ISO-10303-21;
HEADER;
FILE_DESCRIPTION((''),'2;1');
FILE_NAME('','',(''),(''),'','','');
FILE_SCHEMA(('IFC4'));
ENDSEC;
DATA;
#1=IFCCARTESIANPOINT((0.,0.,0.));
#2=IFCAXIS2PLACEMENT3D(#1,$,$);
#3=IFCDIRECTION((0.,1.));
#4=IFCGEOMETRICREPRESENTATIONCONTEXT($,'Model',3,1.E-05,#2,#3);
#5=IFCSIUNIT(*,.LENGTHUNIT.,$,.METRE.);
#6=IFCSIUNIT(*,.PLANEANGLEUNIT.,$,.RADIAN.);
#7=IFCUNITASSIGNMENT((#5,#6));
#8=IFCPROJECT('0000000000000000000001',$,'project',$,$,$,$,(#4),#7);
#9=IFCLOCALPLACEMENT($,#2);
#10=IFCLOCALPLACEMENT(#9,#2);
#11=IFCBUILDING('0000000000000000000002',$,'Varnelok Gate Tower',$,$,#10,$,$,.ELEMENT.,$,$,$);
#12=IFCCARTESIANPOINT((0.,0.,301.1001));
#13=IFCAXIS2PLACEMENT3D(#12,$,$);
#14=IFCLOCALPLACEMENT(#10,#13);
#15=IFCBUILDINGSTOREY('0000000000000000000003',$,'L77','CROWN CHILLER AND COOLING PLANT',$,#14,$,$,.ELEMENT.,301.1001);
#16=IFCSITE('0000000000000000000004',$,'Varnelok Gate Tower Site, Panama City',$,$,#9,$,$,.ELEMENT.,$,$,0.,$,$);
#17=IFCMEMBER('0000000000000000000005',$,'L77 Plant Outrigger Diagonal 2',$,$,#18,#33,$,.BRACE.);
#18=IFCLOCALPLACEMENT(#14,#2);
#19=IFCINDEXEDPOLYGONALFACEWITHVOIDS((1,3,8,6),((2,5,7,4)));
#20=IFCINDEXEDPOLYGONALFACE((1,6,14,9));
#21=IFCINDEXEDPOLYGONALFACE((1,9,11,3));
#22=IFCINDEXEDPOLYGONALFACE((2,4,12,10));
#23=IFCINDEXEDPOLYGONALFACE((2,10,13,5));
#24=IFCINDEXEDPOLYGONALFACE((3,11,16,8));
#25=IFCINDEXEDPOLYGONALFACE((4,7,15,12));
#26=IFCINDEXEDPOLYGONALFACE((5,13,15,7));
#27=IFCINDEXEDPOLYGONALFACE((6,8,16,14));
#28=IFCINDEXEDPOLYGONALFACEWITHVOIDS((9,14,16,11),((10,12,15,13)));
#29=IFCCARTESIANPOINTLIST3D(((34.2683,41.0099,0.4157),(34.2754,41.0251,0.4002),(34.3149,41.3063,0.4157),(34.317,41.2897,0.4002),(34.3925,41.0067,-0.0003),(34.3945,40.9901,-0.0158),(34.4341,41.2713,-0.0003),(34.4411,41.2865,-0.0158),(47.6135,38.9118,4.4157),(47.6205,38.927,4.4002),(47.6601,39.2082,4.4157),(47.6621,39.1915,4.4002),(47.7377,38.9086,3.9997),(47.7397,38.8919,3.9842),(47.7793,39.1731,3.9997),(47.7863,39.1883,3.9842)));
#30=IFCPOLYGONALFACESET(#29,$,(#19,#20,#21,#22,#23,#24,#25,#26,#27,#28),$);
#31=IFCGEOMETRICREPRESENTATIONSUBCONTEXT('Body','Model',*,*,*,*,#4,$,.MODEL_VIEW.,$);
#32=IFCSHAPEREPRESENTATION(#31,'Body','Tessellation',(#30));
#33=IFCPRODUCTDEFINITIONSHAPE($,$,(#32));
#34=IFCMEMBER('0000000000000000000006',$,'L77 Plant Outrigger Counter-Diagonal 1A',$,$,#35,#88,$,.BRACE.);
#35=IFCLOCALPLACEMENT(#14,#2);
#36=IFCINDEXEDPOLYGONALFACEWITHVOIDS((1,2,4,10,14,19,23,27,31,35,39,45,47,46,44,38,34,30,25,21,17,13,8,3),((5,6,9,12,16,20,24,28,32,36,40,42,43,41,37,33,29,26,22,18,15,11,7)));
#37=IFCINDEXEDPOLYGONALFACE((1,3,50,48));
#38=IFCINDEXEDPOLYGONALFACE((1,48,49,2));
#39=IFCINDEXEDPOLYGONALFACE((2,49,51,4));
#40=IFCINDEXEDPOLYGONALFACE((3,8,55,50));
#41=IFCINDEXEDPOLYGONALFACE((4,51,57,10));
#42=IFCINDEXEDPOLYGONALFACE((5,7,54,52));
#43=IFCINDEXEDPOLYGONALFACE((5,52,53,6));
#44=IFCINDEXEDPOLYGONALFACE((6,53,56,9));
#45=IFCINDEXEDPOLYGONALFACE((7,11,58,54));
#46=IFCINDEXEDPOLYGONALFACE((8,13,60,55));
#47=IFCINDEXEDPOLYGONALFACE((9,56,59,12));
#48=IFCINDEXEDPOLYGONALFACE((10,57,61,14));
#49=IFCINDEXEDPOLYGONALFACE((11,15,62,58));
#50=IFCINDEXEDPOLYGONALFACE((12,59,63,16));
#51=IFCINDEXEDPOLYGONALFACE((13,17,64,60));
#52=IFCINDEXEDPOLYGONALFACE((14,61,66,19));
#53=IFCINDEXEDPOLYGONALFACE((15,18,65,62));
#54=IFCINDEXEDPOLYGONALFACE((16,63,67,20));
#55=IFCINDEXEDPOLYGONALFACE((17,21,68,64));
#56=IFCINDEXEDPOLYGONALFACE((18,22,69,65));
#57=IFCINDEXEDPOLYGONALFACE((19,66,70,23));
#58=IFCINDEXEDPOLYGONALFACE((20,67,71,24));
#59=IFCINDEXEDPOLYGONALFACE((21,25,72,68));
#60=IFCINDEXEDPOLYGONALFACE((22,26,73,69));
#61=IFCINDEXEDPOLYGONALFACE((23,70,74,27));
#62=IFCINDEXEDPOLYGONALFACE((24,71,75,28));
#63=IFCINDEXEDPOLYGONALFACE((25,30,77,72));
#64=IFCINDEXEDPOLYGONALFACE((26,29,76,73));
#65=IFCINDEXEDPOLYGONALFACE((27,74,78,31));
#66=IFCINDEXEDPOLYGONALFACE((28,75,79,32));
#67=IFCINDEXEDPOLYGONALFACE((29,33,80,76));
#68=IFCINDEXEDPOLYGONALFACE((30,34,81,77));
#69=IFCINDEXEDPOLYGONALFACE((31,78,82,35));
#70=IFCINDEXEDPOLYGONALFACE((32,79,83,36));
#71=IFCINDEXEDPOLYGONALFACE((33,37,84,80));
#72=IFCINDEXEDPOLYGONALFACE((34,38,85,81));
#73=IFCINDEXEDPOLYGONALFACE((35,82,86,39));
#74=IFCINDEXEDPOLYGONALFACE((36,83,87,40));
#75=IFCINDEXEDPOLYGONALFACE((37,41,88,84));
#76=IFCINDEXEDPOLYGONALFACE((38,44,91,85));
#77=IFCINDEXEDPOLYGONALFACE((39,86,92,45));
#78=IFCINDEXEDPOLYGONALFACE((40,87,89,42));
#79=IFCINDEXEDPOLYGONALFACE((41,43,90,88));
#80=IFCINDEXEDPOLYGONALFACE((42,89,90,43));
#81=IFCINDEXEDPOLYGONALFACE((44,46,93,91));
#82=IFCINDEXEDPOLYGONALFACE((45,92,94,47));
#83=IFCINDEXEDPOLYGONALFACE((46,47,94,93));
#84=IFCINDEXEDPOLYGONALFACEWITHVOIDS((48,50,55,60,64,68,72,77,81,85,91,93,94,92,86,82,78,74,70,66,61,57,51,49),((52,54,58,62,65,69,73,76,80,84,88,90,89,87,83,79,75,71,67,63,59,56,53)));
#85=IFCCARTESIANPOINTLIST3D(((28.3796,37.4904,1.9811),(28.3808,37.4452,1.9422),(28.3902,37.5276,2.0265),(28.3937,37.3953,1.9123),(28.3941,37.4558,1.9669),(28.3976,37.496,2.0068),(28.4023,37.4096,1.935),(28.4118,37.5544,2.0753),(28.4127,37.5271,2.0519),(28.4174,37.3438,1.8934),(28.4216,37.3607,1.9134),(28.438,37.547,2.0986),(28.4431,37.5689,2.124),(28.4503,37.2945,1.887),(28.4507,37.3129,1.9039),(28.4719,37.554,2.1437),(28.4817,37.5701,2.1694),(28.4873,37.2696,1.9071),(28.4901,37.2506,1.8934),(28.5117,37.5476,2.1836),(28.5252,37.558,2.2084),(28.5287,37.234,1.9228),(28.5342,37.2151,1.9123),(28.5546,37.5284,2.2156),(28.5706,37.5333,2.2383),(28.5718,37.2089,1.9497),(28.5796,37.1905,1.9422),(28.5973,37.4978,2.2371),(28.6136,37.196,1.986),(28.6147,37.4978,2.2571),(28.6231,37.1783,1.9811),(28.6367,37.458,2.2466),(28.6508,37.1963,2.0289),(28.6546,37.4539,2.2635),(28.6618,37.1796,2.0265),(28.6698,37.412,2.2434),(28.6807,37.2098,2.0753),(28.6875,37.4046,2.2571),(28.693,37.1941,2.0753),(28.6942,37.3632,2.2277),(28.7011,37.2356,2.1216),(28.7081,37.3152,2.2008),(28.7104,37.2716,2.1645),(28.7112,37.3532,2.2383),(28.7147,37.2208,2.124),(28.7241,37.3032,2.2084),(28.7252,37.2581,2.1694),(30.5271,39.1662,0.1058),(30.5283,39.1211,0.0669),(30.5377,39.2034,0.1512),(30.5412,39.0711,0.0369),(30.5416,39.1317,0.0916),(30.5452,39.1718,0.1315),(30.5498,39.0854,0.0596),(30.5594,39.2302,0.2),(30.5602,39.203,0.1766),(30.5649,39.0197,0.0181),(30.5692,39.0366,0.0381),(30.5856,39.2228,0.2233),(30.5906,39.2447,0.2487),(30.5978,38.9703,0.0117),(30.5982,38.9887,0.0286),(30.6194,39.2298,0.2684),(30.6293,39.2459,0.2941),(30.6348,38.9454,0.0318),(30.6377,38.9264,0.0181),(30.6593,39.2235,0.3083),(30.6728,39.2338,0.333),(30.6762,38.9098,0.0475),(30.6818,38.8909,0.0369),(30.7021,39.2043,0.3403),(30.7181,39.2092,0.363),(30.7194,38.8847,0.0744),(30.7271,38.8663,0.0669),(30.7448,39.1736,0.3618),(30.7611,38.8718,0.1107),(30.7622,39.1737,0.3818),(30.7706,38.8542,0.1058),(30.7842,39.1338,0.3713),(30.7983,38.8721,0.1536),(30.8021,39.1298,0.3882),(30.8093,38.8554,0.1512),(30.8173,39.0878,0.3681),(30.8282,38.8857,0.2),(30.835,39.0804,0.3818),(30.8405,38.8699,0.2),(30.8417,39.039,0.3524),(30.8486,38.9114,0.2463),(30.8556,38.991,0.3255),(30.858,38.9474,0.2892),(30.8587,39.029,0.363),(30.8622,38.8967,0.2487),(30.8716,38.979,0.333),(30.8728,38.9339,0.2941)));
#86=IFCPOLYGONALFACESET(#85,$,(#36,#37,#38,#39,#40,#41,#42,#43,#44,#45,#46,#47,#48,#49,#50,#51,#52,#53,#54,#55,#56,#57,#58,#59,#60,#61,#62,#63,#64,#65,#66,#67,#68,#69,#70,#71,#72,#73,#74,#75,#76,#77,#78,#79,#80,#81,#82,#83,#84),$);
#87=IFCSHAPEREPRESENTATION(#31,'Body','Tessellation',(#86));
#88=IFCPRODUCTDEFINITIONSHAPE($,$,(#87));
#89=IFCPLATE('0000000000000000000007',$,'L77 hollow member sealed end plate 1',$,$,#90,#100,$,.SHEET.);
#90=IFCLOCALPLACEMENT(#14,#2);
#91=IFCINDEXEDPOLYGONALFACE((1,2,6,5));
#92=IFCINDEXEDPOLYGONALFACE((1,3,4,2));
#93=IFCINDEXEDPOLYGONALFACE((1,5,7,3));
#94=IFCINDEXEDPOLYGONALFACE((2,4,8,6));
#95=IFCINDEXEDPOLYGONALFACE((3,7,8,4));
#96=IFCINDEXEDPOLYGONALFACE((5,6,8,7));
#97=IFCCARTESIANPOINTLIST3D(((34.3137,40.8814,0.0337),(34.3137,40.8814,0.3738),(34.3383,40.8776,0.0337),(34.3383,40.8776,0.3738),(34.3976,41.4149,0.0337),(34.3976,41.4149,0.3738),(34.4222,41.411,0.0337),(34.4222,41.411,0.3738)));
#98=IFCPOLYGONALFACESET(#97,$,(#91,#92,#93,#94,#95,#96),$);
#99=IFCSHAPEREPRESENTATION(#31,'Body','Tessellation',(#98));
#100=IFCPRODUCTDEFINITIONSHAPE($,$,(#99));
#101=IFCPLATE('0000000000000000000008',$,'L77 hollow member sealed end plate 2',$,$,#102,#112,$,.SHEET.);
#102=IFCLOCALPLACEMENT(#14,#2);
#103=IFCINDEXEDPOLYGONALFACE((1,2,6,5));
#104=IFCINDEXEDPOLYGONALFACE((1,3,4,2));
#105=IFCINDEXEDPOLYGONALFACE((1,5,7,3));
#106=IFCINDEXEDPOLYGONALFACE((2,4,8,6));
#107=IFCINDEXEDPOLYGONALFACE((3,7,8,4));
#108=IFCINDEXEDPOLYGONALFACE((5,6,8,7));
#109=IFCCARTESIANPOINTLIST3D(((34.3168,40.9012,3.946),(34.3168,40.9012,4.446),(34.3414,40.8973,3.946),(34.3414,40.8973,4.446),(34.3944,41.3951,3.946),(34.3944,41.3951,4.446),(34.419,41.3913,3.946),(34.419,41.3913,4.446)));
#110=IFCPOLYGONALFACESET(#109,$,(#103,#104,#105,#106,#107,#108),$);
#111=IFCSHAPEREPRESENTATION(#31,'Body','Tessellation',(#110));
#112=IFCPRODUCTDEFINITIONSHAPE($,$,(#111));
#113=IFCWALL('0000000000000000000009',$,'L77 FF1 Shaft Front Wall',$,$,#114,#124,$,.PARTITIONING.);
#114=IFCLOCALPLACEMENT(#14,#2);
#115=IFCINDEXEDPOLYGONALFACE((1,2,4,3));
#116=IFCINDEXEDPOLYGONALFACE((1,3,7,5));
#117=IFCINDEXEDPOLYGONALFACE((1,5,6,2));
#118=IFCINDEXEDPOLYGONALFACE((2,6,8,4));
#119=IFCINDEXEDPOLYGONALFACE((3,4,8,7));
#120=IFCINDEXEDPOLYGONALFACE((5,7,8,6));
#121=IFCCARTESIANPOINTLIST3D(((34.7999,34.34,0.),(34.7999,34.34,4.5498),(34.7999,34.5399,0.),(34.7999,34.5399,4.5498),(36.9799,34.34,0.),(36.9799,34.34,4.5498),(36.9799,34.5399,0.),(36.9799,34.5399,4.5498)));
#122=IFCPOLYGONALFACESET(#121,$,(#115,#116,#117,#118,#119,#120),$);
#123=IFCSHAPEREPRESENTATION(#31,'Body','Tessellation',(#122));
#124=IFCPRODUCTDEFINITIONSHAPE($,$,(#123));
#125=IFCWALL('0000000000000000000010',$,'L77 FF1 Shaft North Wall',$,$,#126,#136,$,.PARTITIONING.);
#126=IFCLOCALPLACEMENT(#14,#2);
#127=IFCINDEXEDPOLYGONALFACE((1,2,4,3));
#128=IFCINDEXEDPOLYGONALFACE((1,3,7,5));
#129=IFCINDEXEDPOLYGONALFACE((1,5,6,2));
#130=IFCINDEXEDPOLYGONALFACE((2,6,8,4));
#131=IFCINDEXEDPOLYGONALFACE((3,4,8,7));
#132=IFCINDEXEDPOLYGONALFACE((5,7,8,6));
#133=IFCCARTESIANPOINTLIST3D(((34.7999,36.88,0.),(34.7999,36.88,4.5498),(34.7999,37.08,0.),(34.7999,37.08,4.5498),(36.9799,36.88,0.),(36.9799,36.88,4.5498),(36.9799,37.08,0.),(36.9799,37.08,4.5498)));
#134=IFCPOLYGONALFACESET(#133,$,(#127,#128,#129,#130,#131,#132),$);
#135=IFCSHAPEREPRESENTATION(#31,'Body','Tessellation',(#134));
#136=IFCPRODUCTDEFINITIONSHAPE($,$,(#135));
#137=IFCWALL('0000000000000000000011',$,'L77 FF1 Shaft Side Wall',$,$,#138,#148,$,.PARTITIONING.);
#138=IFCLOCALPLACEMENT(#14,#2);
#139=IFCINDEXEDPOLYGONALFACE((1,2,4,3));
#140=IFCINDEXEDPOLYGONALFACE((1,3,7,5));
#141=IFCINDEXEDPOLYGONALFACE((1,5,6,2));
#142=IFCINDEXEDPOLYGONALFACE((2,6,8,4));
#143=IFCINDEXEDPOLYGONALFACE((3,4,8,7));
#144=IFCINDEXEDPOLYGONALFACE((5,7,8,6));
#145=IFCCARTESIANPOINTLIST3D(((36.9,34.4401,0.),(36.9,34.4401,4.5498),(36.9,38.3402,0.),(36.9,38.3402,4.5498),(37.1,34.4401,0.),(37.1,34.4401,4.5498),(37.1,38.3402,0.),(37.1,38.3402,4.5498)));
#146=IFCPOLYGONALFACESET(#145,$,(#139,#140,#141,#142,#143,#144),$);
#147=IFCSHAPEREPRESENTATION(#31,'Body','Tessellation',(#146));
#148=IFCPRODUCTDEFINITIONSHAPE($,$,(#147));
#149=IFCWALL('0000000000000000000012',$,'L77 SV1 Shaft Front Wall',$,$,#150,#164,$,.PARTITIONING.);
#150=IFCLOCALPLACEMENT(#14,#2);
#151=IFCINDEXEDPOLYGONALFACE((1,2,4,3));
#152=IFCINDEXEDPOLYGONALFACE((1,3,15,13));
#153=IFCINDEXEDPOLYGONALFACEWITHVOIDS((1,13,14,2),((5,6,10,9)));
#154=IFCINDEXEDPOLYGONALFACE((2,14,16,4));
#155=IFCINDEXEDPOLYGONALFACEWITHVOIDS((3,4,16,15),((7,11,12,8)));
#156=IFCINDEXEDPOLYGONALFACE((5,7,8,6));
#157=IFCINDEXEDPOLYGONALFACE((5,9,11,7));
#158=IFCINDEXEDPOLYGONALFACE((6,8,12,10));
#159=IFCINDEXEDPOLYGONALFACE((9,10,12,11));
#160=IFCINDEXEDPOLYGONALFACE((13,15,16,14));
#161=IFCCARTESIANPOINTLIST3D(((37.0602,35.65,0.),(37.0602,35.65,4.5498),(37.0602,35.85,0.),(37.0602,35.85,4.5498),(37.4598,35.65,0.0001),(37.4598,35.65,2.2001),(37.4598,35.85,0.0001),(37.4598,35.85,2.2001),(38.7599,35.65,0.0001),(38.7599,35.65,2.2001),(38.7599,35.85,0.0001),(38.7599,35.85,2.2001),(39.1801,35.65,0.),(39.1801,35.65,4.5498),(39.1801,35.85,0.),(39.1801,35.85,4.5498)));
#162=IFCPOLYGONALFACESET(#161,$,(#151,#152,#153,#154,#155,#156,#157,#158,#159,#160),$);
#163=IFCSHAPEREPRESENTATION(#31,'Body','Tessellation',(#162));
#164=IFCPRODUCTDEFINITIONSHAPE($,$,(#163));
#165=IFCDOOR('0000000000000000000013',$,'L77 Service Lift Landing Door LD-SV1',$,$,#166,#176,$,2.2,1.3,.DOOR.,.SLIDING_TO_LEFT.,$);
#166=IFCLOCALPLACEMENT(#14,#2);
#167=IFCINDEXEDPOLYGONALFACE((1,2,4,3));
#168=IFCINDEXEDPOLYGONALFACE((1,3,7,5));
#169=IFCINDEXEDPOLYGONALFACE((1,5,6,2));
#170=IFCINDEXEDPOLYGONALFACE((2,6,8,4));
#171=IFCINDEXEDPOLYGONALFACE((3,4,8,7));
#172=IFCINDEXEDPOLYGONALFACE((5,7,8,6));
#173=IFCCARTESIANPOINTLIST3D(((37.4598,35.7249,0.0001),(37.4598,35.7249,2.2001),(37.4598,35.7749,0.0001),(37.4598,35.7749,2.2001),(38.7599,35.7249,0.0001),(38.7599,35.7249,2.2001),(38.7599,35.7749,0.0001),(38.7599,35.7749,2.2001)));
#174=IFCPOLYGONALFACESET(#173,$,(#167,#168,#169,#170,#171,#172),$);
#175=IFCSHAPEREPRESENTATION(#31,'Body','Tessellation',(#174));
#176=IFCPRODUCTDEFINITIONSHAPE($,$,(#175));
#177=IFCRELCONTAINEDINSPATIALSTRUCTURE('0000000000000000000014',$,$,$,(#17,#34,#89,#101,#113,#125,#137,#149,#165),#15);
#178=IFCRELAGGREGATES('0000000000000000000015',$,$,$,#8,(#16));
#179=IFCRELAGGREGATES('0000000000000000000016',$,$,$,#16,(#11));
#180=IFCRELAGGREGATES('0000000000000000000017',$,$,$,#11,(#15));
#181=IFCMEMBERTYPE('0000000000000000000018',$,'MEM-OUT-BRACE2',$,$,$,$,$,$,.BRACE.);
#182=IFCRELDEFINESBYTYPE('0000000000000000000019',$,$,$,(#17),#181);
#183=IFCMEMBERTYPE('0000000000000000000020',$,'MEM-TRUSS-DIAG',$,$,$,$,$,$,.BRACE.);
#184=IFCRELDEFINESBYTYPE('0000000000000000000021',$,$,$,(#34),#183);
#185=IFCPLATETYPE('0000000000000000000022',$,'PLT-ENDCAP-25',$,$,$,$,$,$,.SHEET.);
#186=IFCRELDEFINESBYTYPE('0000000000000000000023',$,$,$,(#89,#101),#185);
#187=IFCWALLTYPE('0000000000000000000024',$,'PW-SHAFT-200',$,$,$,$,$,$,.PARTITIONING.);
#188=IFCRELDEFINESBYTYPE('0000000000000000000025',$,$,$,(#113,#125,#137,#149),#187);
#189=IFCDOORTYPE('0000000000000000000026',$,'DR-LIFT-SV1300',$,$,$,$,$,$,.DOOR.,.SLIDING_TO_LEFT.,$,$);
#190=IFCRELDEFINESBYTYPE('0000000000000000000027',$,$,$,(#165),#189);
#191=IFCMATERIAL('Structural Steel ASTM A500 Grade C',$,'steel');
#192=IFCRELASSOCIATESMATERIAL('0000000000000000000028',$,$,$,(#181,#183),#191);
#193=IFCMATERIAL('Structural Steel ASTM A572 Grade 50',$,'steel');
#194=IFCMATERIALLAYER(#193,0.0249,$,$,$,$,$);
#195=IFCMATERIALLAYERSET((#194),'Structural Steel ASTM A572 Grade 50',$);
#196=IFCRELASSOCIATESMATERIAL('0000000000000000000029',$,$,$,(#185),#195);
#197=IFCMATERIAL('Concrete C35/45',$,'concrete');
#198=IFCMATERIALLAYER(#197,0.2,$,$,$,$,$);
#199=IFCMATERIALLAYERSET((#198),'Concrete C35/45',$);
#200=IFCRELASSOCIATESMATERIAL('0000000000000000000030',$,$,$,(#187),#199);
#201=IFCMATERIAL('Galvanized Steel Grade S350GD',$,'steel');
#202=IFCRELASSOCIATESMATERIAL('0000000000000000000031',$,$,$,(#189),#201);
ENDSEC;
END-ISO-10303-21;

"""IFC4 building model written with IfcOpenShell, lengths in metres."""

from ifc_helpers import new_model, si_unit, direction, frame, frame_2d, origin, origin_2d, place, context, subcontext, project, spatial, rectangle, hollow_rectangle, hollow_circle, extrude, source, transform, mapped, material, layer, layer_set, material_profile, profile_set, type_object, element, fill, save


model = new_model("IFC4")

# Units and contexts
model_context = context("Model", 3, precision=1e-05, world=origin(), true_north=direction((0.0, 1.0)))
body_context = subcontext(model_context, "Body", "Model", "MODEL_VIEW")
ifc_project = project(units=[si_unit("LENGTHUNIT", "METRE"), si_unit("PLANEANGLEUNIT", "RADIAN")], contexts=[model_context])

# Site, building, storey
site_placement = place(None, origin())
site = spatial("IfcSite", under=ifc_project, at=site_placement, Name="Varnelok Gate Tower Site, Panama City", CompositionType="ELEMENT", RefElevation=0.0)
building_placement = place(site_placement, origin())
building = spatial("IfcBuilding", under=site, at=building_placement, Name="Varnelok Gate Tower", CompositionType="ELEMENT")
storey_placement = place(building_placement, frame((0.0, 0.0, 301.1001)))
storey = spatial("IfcBuildingStorey", under=building, at=storey_placement, Name="L77", Description="CROWN CHILLER AND COOLING PLANT", CompositionType="ELEMENT", Elevation=301.1001)

# Members
ifc_material_1 = material(Name="Structural Steel ASTM A500 Grade C", Category="steel")
ifc_material_profile_1 = material_profile(ifc_material_1, hollow_rectangle(XDim=0.3, YDim=0.45, WallThickness=0.0161, at=origin_2d()), Name="HSS450X300X16")
ifc_profile_set_1 = profile_set([ifc_material_profile_1], Name="Structural Steel ASTM A500 Grade C")
member_type_1 = type_object("IfcMemberType", Name="MEM-OUT-BRACE2", PredefinedType="BRACE", material=ifc_profile_set_1)
member_1_placement = place(storey_placement, frame((34.3547, 41.1482, 0.2), z_axis=(0.947215, -0.148922, 0.283912), x_axis=(0.155313, 0.987865, 0.0)))
element("IfcMember", 1, at=member_1_placement, inside=storey, type_object=member_type_1, Name="L77 Plant Outrigger Diagonal 2", PredefinedType="BRACE", context=body_context, shape_type="SweptSolid", body=[
    extrude(hollow_rectangle(XDim=0.3, YDim=0.45, WallThickness=0.0161, at=origin_2d()), origin(), (0.0, 0.0, 1.0), 14.0889),
])
ifc_material_profile_2 = material_profile(ifc_material_1, hollow_circle(Radius=0.2285, WallThickness=0.02, at=origin_2d()), Name="CHS457X20")
ifc_profile_set_2 = profile_set([ifc_material_profile_2], Name="Structural Steel ASTM A500 Grade C")
member_type_2 = type_object("IfcMemberType", Name="MEM-TRUSS-DIAG", PredefinedType="BRACE", material=ifc_profile_set_2)
member_2_placement = place(storey_placement, frame((30.7, 39.05, 0.2), z_axis=(-0.649365, -0.506735, 0.56705), x_axis=(0.615206, -0.788367, 0.0)))
element("IfcMember", 2, at=member_2_placement, inside=storey, type_object=member_type_2, Name="L77 Plant Outrigger Counter-Diagonal 1A", PredefinedType="BRACE", context=body_context, shape_type="SweptSolid", body=[
    extrude(hollow_circle(Radius=0.2285, WallThickness=0.02, at=origin_2d()), origin(), (0.0, 0.0, 1.0), 3.3071),
])

# Plates
ifc_material_2 = material(Name="Structural Steel ASTM A572 Grade 50", Category="steel")
ifc_layer_1 = layer(ifc_material_2, 0.0249)
ifc_layer_set_1 = layer_set([ifc_layer_1], Name="Structural Steel ASTM A572 Grade 50")
plate_type = type_object("IfcPlateType", Name="PLT-ENDCAP-25", PredefinedType="SHEET", material=ifc_layer_set_1)
shared_shape_1 = source(origin(), body_context, "Body", "SweptSolid", [
    extrude(rectangle(XDim=0.0249, YDim=0.54, at=origin_2d()), origin(), (0.0, 0.0, 1.0), 0.3401),
])
plate_1_placement = place(storey_placement, frame((34.3679, 41.1462, 0.0337), z_axis=(0.0, 0.0, 1.0), x_axis=(0.987865, -0.155314, 0.0)))
element("IfcPlate", 3, at=plate_1_placement, inside=storey, type_object=plate_type, Name="L77 hollow member sealed end plate 1", PredefinedType="SHEET", context=body_context, shape_type="MappedRepresentation", body=[
    mapped(shared_shape_1, transform((0.0, 0.0, 0.0), scale=1.0)),
])
shared_shape_2 = source(origin(), body_context, "Body", "SweptSolid", [
    extrude(rectangle(XDim=0.0249, YDim=0.5, at=origin_2d()), origin(), (0.0, 0.0, 1.0), 0.5),
])
plate_2_placement = place(storey_placement, frame((34.3679, 41.1462, 3.946), z_axis=(0.0, 0.0, 1.0), x_axis=(-0.987865, 0.155314, 0.0)))
element("IfcPlate", 4, at=plate_2_placement, inside=storey, type_object=plate_type, Name="L77 hollow member sealed end plate 2", PredefinedType="SHEET", context=body_context, shape_type="MappedRepresentation", body=[
    mapped(shared_shape_2, transform((0.0, 0.0, 0.0), scale=1.0)),
])

# Walls
ifc_material_3 = material(Name="Concrete C35/45", Category="concrete")
ifc_layer_2 = layer(ifc_material_3, 0.2)
ifc_layer_set_2 = layer_set([ifc_layer_2], Name="Concrete C35/45")
wall_type_1 = type_object("IfcWallType", Name="PW-SHAFT-200", PredefinedType="PARTITIONING", material=ifc_layer_set_2)
for number, where, z_axis, x_axis, name in (
    (5, (34.8, 34.4399, 0.0), (0.0, 0.0, 1.0), (1.0, 0.0, 0.0), "L77 FF1 Shaft Front Wall"),
    (6, (34.8, 36.98, 0.0), (0.0, 0.0, 1.0), (1.0, 0.0, 0.0), "L77 FF1 Shaft North Wall"),
):
    element("IfcWall", number, at=place(storey_placement, frame(where, z_axis=z_axis, x_axis=x_axis)), inside=storey, type_object=wall_type_1, Name=name, PredefinedType="PARTITIONING", context=body_context, shape_type="SweptSolid", body=[
        extrude(rectangle(XDim=2.1799, YDim=0.2, at=frame_2d((1.0898, 0.0))), origin(), (0.0, 0.0, 1.0), 4.5498),
    ])
wall_1_placement = place(storey_placement, frame((37.0, 34.4399, 0.0), z_axis=(0.0, 0.0, 1.0), x_axis=(0.0, 1.0, 0.0)))
element("IfcWall", 7, at=wall_1_placement, inside=storey, type_object=wall_type_1, Name="L77 FF1 Shaft Side Wall", PredefinedType="PARTITIONING", context=body_context, shape_type="SweptSolid", body=[
    extrude(rectangle(XDim=3.9001, YDim=0.2, at=frame_2d((1.9502, 0.0))), origin(), (0.0, 0.0, 1.0), 4.5498),
])

# Wall, opening, door
wall_2_placement = place(storey_placement, frame((37.0601, 35.75, 0.0), z_axis=(0.0, 0.0, 1.0), x_axis=(1.0, 0.0, 0.0)))
wall_2 = element("IfcWall", 8, at=wall_2_placement, inside=storey, type_object=wall_type_1, Name="L77 SV1 Shaft Front Wall", PredefinedType="PARTITIONING", context=body_context, shape_type="SweptSolid", body=[
    extrude(rectangle(XDim=2.1199, YDim=0.2, at=frame_2d((1.0601, 0.0))), origin(), (0.0, 0.0, 1.0), 4.5498),
])
opening_1_placement = place(wall_2_placement, frame((0.3999, 0.0, 0.0)))
opening_1 = element("IfcOpeningElement", 9, at=opening_1_placement, cuts=wall_2, PredefinedType="OPENING", context=body_context, shape_type="SweptSolid", body=[
    extrude(rectangle(XDim=1.3, YDim=2.2, at=frame_2d((0.6499, 1.1001))), frame((0.0, 0.1099, 0.0), z_axis=(0.0, -1.0, 0.0), x_axis=(1.0, 0.0, 0.0)), (0.0, 0.0, 1.0), 0.22),
])
ifc_material_4 = material(Name="Galvanized Steel Grade S350GD", Category="steel")
door_type_1 = type_object("IfcDoorType", Name="DR-LIFT-SV1300", OperationType="SLIDING_TO_LEFT", PredefinedType="DOOR", material=ifc_material_4)
door_1_placement = place(opening_1_placement, origin())
door_1 = element("IfcDoor", 10, at=door_1_placement, inside=storey, type_object=door_type_1, Name="L77 Service Lift Landing Door LD-SV1", OperationType="SLIDING_TO_LEFT", OverallHeight=2.2, OverallWidth=1.3, PredefinedType="DOOR", context=body_context, shape_type="SweptSolid", body=[
    extrude(rectangle(XDim=1.3, YDim=2.2, at=frame_2d((0.6499, 1.1001))), frame((0.0, 0.0249, 0.0), z_axis=(0.0, -1.0, 0.0), x_axis=(1.0, 0.0, 0.0)), (0.0, 0.0, 1.0), 0.05),
])
fill(opening_1, door_1)

save(model, "model.ifc")
